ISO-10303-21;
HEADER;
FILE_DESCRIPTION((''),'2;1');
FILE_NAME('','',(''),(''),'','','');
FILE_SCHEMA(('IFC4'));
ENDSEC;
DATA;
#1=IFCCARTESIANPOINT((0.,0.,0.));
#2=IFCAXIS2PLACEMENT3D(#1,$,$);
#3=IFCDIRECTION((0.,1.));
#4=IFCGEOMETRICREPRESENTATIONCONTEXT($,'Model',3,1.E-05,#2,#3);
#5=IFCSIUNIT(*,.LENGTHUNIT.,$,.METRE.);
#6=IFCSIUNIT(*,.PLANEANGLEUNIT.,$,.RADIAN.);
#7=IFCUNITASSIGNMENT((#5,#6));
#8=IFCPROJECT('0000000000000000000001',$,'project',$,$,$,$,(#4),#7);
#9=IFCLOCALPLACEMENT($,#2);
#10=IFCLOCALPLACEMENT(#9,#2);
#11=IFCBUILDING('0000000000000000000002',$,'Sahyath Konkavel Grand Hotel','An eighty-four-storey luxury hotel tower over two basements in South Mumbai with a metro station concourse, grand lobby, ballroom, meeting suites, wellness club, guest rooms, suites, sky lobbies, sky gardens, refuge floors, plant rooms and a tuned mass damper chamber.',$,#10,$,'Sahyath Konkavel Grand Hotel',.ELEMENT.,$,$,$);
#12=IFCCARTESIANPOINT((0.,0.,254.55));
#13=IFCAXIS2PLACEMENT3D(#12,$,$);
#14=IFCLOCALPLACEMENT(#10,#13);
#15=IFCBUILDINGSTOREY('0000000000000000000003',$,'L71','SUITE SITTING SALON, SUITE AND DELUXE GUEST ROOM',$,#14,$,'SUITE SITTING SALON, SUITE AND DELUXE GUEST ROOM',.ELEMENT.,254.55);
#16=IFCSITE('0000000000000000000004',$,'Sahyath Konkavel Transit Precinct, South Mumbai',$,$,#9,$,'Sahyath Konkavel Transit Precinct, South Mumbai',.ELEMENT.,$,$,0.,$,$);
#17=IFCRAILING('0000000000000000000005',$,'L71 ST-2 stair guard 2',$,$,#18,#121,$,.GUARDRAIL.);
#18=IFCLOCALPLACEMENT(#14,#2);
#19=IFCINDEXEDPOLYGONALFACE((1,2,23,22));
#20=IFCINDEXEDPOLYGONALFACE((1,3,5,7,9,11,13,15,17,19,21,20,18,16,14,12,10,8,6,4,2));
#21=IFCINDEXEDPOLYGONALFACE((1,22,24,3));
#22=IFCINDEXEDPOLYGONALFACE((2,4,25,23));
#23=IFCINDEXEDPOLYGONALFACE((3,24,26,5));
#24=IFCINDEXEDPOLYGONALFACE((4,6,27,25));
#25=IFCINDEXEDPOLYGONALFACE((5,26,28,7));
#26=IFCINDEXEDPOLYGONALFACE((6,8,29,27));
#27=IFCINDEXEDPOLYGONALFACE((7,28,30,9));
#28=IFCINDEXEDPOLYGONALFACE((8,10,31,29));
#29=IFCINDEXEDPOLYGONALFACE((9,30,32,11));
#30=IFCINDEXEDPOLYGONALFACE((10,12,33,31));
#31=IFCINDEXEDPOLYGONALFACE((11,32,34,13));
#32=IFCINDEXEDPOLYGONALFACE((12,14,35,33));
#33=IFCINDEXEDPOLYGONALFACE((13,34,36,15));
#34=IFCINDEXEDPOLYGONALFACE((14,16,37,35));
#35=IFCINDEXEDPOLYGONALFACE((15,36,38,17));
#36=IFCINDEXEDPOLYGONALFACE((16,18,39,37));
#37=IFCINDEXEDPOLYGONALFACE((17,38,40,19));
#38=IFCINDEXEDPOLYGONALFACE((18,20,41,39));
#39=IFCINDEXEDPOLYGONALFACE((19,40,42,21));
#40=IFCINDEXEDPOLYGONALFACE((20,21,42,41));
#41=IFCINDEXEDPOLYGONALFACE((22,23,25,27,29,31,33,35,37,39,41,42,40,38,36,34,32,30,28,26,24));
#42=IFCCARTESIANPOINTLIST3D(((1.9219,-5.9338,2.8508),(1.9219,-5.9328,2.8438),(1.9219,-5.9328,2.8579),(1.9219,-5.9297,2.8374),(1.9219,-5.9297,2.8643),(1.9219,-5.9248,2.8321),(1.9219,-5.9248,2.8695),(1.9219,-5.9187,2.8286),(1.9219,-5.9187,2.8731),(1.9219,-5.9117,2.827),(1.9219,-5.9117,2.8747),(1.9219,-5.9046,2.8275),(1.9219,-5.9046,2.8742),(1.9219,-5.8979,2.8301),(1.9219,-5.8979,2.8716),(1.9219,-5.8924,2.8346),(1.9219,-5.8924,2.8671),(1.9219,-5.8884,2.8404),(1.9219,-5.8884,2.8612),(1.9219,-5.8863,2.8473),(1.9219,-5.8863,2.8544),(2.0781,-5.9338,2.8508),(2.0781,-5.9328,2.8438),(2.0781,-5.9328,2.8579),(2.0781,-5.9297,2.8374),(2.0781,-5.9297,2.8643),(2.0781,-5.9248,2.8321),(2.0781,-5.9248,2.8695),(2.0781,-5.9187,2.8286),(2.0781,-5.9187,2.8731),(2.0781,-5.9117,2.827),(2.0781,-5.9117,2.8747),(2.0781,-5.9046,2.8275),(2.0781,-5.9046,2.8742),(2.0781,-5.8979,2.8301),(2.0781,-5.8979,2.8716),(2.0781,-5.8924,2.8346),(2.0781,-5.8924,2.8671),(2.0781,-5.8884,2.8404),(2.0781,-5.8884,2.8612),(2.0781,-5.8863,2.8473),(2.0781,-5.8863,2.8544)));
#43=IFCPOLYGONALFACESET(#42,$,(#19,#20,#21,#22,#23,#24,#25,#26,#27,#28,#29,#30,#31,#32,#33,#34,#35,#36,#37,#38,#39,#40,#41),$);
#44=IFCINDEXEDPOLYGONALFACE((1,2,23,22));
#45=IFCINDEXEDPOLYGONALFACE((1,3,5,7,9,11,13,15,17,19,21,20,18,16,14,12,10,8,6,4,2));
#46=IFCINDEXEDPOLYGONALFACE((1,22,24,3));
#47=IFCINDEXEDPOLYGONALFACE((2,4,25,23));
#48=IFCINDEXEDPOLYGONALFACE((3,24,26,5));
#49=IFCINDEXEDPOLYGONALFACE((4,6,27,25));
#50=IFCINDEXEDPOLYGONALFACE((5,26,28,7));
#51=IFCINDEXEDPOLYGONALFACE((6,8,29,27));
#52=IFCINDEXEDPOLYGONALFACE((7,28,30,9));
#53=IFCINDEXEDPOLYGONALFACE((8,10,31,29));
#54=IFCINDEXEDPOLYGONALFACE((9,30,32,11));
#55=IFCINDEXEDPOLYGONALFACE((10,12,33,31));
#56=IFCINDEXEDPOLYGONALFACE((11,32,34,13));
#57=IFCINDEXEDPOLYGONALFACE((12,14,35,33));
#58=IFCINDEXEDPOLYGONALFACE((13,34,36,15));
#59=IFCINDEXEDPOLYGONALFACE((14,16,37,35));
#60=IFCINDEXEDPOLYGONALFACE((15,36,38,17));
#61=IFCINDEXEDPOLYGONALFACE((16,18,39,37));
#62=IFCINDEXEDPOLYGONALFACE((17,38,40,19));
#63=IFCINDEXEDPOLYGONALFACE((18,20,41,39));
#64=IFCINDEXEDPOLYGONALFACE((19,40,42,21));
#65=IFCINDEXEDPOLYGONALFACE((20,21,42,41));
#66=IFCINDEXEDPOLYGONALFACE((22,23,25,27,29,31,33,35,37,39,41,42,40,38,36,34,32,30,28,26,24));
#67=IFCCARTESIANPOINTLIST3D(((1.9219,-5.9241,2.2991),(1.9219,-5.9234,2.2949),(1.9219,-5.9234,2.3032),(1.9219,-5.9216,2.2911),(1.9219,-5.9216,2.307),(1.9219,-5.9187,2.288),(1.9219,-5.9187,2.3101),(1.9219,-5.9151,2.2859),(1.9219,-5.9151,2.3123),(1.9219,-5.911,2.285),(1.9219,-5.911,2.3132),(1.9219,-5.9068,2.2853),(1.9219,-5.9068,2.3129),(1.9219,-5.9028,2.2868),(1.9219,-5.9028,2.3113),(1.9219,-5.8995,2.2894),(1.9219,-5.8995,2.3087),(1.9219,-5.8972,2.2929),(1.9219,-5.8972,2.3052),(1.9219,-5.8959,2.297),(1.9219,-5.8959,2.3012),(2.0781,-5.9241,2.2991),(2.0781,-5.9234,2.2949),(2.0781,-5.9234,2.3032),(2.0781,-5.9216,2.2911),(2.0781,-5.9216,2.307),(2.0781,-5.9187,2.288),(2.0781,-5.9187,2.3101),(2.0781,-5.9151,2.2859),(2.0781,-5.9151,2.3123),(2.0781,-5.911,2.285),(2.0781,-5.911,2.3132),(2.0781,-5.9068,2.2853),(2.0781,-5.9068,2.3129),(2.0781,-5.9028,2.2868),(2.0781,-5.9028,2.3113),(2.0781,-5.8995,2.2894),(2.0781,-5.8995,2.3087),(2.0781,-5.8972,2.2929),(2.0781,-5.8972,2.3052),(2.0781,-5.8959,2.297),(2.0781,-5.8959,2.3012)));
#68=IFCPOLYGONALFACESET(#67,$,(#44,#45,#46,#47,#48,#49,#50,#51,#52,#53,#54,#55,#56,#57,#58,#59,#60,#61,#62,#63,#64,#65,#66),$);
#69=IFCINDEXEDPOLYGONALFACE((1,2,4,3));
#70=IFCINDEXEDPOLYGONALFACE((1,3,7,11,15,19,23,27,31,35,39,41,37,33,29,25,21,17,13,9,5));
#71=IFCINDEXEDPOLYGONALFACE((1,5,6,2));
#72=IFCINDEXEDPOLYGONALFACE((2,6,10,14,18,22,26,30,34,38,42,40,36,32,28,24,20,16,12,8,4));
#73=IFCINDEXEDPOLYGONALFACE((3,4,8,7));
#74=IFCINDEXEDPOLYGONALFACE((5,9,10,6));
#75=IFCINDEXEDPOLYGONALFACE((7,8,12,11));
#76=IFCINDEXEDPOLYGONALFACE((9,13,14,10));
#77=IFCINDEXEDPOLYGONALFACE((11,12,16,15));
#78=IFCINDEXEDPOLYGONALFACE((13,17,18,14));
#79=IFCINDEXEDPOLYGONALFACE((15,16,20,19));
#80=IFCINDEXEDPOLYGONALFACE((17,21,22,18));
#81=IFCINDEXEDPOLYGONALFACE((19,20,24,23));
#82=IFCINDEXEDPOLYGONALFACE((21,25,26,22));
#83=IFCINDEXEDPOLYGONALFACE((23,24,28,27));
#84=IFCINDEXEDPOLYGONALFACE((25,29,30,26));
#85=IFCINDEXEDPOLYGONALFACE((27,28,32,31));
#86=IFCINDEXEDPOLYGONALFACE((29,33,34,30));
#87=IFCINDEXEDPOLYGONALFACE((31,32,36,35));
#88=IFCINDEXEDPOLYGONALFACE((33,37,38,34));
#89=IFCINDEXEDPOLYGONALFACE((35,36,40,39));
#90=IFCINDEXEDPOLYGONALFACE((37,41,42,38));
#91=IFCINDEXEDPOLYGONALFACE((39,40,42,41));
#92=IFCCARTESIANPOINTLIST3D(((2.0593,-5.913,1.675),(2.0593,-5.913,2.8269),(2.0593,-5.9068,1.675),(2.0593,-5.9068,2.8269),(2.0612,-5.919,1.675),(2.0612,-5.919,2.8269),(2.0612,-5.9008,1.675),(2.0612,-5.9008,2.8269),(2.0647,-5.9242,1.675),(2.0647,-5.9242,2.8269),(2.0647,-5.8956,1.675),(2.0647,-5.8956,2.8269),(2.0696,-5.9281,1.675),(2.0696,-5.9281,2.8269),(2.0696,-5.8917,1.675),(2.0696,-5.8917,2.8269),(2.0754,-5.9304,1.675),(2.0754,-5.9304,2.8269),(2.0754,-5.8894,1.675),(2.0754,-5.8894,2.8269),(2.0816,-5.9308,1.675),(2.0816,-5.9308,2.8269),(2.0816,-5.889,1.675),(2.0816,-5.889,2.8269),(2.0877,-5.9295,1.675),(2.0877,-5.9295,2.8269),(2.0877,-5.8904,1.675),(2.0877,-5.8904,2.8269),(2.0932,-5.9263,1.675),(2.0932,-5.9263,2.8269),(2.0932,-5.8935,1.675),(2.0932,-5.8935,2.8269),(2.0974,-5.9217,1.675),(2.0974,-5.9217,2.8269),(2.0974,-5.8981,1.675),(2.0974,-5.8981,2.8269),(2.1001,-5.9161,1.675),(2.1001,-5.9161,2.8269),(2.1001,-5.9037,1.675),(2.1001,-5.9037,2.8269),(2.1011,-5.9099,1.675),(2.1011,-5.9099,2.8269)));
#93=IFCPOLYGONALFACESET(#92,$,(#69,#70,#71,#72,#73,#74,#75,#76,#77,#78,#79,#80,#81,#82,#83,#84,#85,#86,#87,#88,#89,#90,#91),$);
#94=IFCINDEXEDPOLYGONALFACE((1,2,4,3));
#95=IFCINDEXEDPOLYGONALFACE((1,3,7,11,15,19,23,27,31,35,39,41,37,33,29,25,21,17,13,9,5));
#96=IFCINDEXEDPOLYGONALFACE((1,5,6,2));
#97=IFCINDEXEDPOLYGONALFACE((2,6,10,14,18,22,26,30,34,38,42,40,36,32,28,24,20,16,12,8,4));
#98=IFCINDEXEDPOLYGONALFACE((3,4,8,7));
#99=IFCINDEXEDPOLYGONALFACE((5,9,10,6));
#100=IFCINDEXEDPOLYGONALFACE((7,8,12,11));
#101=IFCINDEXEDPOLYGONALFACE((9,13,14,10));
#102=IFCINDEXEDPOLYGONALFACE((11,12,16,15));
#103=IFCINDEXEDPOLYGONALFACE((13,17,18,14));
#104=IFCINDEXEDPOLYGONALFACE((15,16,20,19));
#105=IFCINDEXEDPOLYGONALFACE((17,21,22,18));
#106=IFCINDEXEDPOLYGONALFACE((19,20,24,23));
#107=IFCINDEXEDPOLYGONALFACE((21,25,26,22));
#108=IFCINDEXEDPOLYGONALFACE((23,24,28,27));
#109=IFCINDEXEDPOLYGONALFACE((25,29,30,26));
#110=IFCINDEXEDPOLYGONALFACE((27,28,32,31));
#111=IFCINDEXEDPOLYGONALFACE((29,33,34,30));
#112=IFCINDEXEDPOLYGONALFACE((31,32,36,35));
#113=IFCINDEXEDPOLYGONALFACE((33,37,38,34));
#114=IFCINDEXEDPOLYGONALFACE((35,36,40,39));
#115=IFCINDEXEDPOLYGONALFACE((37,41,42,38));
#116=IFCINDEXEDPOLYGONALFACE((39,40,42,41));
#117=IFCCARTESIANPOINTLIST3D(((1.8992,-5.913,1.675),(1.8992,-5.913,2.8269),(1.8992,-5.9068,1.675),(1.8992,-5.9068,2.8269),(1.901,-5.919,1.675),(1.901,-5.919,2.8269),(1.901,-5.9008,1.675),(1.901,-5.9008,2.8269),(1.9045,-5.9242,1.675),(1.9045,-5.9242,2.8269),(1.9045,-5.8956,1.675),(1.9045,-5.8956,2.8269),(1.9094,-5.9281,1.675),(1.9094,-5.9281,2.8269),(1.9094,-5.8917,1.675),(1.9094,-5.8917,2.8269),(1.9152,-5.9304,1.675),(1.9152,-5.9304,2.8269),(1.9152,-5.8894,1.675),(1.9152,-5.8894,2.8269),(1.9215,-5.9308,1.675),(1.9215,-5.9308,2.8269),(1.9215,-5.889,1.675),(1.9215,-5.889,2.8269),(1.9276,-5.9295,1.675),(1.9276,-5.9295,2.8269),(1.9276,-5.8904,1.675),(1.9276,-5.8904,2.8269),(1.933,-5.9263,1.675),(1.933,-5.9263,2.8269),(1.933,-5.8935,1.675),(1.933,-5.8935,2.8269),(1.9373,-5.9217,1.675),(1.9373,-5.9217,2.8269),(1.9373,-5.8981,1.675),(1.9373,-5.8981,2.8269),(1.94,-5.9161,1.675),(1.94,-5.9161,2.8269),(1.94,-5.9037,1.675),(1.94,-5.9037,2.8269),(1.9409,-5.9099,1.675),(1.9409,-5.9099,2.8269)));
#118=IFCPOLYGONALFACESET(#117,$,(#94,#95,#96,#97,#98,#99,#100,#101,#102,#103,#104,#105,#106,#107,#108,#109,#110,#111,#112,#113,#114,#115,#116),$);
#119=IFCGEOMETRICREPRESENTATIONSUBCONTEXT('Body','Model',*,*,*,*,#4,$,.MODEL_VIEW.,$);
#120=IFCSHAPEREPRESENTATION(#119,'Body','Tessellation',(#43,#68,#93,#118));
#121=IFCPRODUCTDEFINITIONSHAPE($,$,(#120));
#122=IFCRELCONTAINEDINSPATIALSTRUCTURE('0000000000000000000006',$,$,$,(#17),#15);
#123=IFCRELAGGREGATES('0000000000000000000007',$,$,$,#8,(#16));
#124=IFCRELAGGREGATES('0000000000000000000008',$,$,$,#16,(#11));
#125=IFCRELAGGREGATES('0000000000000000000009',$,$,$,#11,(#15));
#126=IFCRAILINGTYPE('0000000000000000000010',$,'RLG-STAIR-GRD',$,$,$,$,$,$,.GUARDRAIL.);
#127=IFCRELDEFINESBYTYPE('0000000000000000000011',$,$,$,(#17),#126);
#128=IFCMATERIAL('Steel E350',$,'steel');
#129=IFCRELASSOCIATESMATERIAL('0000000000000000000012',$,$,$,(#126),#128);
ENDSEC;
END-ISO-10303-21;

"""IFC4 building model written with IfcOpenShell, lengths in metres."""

from ifc_helpers import new_model, si_unit, direction, frame, origin, origin_2d, place, context, subcontext, project, spatial, circle, extrude, material, type_object, element, save


model = new_model("IFC4")

# Units and contexts
model_context = context("Model", 3, precision=1e-05, world=origin(), true_north=direction((0.0, 1.0)))
body_context = subcontext(model_context, "Body", "Model", "MODEL_VIEW")
ifc_project = project(units=[si_unit("LENGTHUNIT", "METRE"), si_unit("PLANEANGLEUNIT", "RADIAN")], contexts=[model_context])

# Site, building, storey
site_placement = place(None, origin())
site = spatial("IfcSite", under=ifc_project, at=site_placement, Name="Sahyath Konkavel Transit Precinct, South Mumbai", LongName="Sahyath Konkavel Transit Precinct, South Mumbai", CompositionType="ELEMENT", RefElevation=0.0)
building_placement = place(site_placement, origin())
building = spatial("IfcBuilding", under=site, at=building_placement, Name="Sahyath Konkavel Grand Hotel", Description="An eighty-four-storey luxury hotel tower over two basements in South Mumbai with a metro station concourse, grand lobby, ballroom, meeting suites, wellness club, guest rooms, suites, sky lobbies, sky gardens, refuge floors, plant rooms and a tuned mass damper chamber.", LongName="Sahyath Konkavel Grand Hotel", CompositionType="ELEMENT")
storey_placement = place(building_placement, frame((0.0, 0.0, 254.55)))
storey = spatial("IfcBuildingStorey", under=building, at=storey_placement, Name="L71", Description="SUITE SITTING SALON, SUITE AND DELUXE GUEST ROOM", LongName="SUITE SITTING SALON, SUITE AND DELUXE GUEST ROOM", CompositionType="ELEMENT", Elevation=254.55)

# Shared definitions
ifc_material_1 = material(Name="Steel E350", Category="steel")

# Railing
railing_type_1 = type_object("IfcRailingType", Name="RLG-STAIR-GRD", PredefinedType="GUARDRAIL", material=ifc_material_1)
railing_1_placement = place(storey_placement, frame((2.0801, -5.9099, 1.675)))
element("IfcRailing", 1, at=railing_1_placement, inside=storey, type_object=railing_type_1, Name="L71 ST-2 stair guard 2", PredefinedType="GUARDRAIL", context=body_context, shape_type="SweptSolid", body=[
    extrude(circle(Radius=0.0239, at=origin_2d()), frame((-0.002, 0.0, 1.1758), z_axis=(-1.0, 0.0, 0.0), x_axis=(0.0, -1.0, 0.0)), (0.0, 0.0, 1.0), 0.1562),
    extrude(circle(Radius=0.0142, at=origin_2d()), frame((-0.002, 0.0, 0.624), z_axis=(-1.0, 0.0, 0.0), x_axis=(0.0, -1.0, 0.0)), (0.0, 0.0, 1.0), 0.1562),
    extrude(circle(Radius=0.021, at=origin_2d()), origin(), (0.0, 0.0, 1.0), 1.1519),
    extrude(circle(Radius=0.021, at=origin_2d()), frame((-0.1602, 0.0, 0.0)), (0.0, 0.0, 1.0), 1.1519),
])

save(model, "model.ifc")
